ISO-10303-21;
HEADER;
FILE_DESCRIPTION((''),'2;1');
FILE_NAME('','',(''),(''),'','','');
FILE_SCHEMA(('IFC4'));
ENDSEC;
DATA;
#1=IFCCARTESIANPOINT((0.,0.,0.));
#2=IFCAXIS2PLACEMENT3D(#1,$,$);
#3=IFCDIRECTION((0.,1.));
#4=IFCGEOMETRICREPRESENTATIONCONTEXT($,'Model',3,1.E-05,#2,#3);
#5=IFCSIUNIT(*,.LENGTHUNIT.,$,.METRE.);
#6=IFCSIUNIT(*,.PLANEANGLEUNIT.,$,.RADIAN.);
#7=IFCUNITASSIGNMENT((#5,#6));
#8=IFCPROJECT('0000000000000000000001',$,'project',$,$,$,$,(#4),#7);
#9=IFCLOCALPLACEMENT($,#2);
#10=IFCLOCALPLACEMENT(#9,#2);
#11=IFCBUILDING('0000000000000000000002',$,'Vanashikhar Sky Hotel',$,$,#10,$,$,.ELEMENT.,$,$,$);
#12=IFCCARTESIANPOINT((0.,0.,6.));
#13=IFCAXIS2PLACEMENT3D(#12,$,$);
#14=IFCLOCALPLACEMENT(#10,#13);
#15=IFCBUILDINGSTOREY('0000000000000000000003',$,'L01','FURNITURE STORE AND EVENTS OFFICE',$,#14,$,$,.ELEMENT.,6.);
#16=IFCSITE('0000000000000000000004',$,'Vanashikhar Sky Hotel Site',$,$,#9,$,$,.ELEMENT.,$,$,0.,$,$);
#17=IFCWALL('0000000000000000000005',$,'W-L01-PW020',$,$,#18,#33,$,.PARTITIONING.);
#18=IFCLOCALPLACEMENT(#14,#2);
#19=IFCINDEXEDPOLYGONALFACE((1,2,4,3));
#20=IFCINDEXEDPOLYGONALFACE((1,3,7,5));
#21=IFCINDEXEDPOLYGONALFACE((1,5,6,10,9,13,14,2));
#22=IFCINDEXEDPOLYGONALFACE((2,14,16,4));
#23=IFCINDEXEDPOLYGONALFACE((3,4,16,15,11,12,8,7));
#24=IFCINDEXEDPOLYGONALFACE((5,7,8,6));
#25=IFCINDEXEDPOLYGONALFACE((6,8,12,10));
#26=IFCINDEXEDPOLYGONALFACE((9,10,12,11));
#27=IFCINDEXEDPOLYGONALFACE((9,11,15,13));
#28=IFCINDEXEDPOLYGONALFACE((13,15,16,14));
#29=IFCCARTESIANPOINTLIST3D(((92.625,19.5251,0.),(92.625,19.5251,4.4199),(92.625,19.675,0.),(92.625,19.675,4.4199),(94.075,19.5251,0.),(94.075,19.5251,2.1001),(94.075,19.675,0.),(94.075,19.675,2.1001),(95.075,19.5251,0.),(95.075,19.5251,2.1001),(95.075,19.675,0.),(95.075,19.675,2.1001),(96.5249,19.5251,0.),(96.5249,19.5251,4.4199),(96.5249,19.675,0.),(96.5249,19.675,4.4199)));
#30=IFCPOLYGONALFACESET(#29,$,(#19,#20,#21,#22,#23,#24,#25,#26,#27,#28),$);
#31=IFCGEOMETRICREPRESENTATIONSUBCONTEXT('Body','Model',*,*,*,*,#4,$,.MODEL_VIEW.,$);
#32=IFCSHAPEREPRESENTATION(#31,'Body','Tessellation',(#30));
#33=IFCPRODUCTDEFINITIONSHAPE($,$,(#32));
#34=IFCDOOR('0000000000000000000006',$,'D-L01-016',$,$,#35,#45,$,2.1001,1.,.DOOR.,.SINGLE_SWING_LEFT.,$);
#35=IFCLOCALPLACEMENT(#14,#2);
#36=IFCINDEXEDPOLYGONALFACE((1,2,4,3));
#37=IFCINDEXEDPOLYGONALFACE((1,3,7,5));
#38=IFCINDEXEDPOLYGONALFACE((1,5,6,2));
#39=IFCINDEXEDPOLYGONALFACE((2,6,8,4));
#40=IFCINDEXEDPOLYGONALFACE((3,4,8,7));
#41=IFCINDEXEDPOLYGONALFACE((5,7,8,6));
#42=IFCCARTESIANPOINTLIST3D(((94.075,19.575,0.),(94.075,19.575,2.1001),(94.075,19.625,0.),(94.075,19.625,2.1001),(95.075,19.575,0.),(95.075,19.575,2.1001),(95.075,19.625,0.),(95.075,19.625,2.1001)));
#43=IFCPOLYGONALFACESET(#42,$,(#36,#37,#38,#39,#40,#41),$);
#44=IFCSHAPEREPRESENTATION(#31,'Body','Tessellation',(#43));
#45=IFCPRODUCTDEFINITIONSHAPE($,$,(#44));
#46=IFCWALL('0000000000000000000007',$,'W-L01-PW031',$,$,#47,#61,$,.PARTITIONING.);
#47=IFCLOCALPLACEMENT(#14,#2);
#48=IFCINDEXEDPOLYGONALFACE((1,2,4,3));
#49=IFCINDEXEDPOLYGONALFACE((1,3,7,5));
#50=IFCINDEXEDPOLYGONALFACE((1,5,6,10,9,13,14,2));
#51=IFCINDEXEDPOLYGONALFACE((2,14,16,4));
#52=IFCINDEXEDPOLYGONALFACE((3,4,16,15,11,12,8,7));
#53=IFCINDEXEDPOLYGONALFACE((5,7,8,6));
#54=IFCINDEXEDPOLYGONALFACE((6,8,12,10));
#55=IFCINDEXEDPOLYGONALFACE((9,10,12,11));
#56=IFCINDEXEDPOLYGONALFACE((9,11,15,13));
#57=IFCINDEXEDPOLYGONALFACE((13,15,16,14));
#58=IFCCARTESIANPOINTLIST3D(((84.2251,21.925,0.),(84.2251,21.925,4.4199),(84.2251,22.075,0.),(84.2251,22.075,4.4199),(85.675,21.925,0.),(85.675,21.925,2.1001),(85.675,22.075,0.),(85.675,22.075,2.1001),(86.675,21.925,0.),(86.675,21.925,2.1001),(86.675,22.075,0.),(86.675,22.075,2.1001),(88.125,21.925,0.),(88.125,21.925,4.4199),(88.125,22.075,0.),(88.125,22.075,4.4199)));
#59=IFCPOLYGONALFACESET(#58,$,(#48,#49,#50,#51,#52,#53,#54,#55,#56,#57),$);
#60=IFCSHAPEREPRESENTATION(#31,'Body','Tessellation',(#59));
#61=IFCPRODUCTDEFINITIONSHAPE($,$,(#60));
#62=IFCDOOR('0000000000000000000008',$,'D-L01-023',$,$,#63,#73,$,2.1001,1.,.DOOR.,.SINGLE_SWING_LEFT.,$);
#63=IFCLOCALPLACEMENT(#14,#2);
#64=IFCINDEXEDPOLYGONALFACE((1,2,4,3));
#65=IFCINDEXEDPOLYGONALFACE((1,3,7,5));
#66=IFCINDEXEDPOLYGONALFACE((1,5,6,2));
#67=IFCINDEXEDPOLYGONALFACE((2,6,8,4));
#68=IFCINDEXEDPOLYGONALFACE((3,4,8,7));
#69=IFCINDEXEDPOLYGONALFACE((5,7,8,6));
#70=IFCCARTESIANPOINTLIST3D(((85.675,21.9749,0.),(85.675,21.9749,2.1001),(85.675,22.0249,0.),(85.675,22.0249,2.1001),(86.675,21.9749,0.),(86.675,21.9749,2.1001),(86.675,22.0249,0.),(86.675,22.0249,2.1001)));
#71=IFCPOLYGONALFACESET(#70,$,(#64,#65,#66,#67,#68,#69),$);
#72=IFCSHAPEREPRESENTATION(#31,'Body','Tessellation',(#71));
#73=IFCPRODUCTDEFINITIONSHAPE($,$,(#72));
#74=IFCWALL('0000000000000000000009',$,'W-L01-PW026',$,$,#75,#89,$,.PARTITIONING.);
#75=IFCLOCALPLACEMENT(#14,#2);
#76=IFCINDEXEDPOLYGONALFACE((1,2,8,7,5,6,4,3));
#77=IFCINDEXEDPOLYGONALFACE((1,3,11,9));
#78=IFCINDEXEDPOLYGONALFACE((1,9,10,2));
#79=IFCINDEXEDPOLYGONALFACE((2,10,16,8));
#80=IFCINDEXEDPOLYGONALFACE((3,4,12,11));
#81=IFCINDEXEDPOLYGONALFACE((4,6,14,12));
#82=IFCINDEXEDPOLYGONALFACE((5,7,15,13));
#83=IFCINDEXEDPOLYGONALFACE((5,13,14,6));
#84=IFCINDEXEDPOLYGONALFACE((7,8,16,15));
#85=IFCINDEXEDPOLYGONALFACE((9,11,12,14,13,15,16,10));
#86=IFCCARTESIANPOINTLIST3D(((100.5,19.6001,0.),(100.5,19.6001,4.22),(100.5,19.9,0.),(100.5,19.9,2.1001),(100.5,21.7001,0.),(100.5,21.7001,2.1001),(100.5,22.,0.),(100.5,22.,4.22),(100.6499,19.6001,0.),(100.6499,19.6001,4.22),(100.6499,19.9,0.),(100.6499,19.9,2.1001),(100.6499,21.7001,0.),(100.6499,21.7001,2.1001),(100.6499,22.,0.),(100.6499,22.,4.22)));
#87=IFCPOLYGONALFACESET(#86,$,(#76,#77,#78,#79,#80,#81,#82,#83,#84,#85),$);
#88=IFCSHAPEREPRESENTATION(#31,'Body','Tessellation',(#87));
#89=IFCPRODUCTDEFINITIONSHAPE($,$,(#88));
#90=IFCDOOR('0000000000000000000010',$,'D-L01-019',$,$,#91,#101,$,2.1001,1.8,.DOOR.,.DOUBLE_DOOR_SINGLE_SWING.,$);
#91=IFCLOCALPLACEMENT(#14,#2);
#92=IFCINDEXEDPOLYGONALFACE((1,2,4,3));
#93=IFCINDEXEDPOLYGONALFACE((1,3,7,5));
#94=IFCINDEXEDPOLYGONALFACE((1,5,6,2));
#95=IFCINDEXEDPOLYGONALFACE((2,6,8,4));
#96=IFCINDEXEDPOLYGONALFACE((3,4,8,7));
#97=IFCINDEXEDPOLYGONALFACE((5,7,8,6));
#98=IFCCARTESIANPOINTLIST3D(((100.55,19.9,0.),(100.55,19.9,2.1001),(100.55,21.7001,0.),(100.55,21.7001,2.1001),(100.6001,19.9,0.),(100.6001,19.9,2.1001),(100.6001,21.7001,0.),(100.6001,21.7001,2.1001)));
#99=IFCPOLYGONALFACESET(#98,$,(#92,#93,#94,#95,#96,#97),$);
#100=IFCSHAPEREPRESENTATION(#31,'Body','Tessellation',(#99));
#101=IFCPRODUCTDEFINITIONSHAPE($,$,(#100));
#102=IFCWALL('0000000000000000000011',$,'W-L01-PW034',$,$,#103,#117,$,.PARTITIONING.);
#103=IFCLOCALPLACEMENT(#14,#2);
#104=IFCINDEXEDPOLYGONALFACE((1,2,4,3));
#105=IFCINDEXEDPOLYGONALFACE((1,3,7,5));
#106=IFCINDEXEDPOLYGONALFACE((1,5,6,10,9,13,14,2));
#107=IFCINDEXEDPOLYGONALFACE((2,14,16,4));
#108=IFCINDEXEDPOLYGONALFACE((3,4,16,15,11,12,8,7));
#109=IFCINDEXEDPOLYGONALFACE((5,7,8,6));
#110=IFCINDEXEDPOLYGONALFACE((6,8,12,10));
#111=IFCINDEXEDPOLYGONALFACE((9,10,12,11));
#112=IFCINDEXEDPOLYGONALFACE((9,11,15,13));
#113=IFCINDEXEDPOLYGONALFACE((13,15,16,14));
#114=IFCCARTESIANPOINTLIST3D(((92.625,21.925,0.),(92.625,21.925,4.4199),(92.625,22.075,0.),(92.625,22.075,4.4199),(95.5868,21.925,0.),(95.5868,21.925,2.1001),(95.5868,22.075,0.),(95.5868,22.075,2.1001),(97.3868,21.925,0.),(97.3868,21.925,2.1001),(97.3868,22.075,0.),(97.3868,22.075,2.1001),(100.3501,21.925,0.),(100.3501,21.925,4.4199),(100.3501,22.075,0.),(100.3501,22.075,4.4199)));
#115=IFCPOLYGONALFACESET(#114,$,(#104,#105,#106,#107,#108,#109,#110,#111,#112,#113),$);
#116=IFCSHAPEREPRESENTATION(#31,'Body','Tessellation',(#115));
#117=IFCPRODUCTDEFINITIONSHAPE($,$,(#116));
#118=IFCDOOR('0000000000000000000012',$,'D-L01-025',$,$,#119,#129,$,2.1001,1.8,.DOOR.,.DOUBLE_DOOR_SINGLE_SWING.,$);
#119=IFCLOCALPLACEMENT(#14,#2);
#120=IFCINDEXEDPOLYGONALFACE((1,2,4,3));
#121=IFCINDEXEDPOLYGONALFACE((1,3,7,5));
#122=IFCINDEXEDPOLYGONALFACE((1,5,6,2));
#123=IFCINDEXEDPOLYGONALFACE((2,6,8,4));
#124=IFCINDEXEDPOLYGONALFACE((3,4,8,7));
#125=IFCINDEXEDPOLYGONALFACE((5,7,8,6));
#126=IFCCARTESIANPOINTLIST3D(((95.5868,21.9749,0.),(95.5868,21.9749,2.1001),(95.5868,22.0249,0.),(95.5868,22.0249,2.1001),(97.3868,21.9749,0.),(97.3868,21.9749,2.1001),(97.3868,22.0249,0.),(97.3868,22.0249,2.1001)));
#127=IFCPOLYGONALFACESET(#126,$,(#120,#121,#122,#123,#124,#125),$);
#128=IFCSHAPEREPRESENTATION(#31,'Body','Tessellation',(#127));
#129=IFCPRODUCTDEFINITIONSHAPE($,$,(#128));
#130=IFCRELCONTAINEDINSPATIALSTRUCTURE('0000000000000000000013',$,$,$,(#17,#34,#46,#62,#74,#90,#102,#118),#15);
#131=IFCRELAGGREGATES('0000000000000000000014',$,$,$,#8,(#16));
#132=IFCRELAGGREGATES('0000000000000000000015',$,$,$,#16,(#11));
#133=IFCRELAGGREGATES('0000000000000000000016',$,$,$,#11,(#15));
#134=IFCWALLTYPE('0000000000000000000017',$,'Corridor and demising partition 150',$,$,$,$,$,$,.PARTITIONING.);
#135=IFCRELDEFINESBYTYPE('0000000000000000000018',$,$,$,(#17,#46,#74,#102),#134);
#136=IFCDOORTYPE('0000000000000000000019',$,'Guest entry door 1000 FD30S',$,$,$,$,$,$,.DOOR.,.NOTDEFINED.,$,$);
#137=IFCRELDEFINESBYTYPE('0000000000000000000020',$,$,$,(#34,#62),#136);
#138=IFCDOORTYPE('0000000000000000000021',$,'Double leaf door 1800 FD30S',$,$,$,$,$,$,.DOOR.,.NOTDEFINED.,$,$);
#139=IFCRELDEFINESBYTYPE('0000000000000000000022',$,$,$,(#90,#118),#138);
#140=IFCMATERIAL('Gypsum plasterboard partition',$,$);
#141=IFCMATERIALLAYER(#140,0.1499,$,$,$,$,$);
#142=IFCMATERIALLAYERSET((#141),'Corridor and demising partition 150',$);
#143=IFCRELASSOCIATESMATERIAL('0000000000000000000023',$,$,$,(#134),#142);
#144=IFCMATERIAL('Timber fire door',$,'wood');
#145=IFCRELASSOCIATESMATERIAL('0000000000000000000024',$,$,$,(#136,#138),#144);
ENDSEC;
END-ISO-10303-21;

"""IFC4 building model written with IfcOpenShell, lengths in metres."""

from ifc_helpers import new_model, si_unit, direction, frame, frame_2d, origin, place, context, subcontext, project, spatial, rectangle, extrude, source, transform, mapped, material, layer, layer_set, type_object, element, fill, save


model = new_model("IFC4")

# Units and contexts
model_context = context("Model", 3, precision=1e-05, world=origin(), true_north=direction((0.0, 1.0)))
body_context = subcontext(model_context, "Body", "Model", "MODEL_VIEW")
ifc_project = project(units=[si_unit("LENGTHUNIT", "METRE"), si_unit("PLANEANGLEUNIT", "RADIAN")], contexts=[model_context])

# Site, building, storey
site_placement = place(None, origin())
site = spatial("IfcSite", under=ifc_project, at=site_placement, Name="Vanashikhar Sky Hotel Site", CompositionType="ELEMENT", RefElevation=0.0)
building_placement = place(site_placement, origin())
building = spatial("IfcBuilding", under=site, at=building_placement, Name="Vanashikhar Sky Hotel", CompositionType="ELEMENT")
storey_placement = place(building_placement, frame((0.0, 0.0, 6.0)))
storey = spatial("IfcBuildingStorey", under=building, at=storey_placement, Name="L01", Description="FURNITURE STORE AND EVENTS OFFICE", CompositionType="ELEMENT", Elevation=6.0)

# Walls, openings, doors
ifc_material_1 = material(Name="Gypsum plasterboard partition")
ifc_layer_1 = layer(ifc_material_1, 0.1499)
ifc_layer_set_1 = layer_set([ifc_layer_1], Name="Corridor and demising partition 150")
wall_type_1 = type_object("IfcWallType", Name="Corridor and demising partition 150", PredefinedType="PARTITIONING", material=ifc_layer_set_1)
shared_shape_1 = source(origin(), body_context, "Body", "SweptSolid", [
    extrude(rectangle(XDim=1.0, YDim=2.1001, at=frame_2d((0.5, 1.05))), frame((0.0, 0.085, 0.0), z_axis=(0.0, -1.0, 0.0), x_axis=(1.0, 0.0, 0.0)), (0.0, 0.0, 1.0), 0.1699),
])
ifc_material_2 = material(Name="Timber fire door", Category="wood")
door_type_1 = type_object("IfcDoorType", Name="Guest entry door 1000 FD30S", OperationType="NOTDEFINED", PredefinedType="DOOR", material=ifc_material_2)
shared_shape_2 = source(origin(), body_context, "Body", "SweptSolid", [
    extrude(rectangle(XDim=1.0, YDim=2.1001, at=frame_2d((0.5, 1.05))), frame((0.0, 0.0249, 0.0), z_axis=(0.0, -1.0, 0.0), x_axis=(1.0, 0.0, 0.0)), (0.0, 0.0, 1.0), 0.05),
])
shared_shape_3 = source(origin(), body_context, "Body", "SweptSolid", [
    extrude(rectangle(XDim=1.8, YDim=2.1001, at=frame_2d((0.8999, 1.05))), frame((0.0, 0.085, 0.0), z_axis=(0.0, -1.0, 0.0), x_axis=(1.0, 0.0, 0.0)), (0.0, 0.0, 1.0), 0.1699),
])
door_type_2 = type_object("IfcDoorType", Name="Double leaf door 1800 FD30S", OperationType="NOTDEFINED", PredefinedType="DOOR", material=ifc_material_2)
shared_shape_4 = source(origin(), body_context, "Body", "SweptSolid", [
    extrude(rectangle(XDim=1.8, YDim=2.1001, at=frame_2d((0.8999, 1.05))), frame((0.0, 0.0249, 0.0), z_axis=(0.0, -1.0, 0.0), x_axis=(1.0, 0.0, 0.0)), (0.0, 0.0, 1.0), 0.05),
])
shared_shape_5 = source(origin(), body_context, "Body", "SweptSolid", [
    extrude(rectangle(XDim=3.8999, YDim=0.1499, at=frame_2d((1.95, 0.0))), origin(), (0.0, 0.0, 1.0), 4.4199),
])
wall_1_placement = place(storey_placement, frame((92.625, 19.6001, 0.0), z_axis=(0.0, 0.0, 1.0), x_axis=(1.0, 0.0, 0.0)))
wall_1 = element("IfcWall", 1, at=wall_1_placement, inside=storey, type_object=wall_type_1, Name="W-L01-PW020", PredefinedType="PARTITIONING", context=body_context, shape_type="MappedRepresentation", body=[
    mapped(shared_shape_5, transform((0.0, 0.0, 0.0), scale=1.0)),
])
opening_1_placement = place(wall_1_placement, frame((1.45, 0.0, 0.0)))
opening_1 = element("IfcOpeningElement", 2, at=opening_1_placement, cuts=wall_1, PredefinedType="OPENING", context=body_context, shape_type="MappedRepresentation", body=[
    mapped(shared_shape_1, transform((0.0, 0.0, 0.0), scale=1.0)),
])
door_1_placement = place(opening_1_placement, origin())
door_1 = element("IfcDoor", 3, at=door_1_placement, inside=storey, type_object=door_type_1, Name="D-L01-016", OperationType="SINGLE_SWING_LEFT", OverallHeight=2.1001, OverallWidth=1.0, PredefinedType="DOOR", context=body_context, shape_type="MappedRepresentation", body=[
    mapped(shared_shape_2, transform((0.0, 0.0, 0.0), scale=1.0)),
])
fill(opening_1, door_1)
wall_2_placement = place(storey_placement, frame((84.2251, 22.0, 0.0), z_axis=(0.0, 0.0, 1.0), x_axis=(1.0, 0.0, 0.0)))
wall_2 = element("IfcWall", 4, at=wall_2_placement, inside=storey, type_object=wall_type_1, Name="W-L01-PW031", PredefinedType="PARTITIONING", context=body_context, shape_type="MappedRepresentation", body=[
    mapped(shared_shape_5, transform((0.0, 0.0, 0.0), scale=1.0)),
])
opening_2_placement = place(wall_2_placement, frame((1.45, 0.0, 0.0)))
opening_2 = element("IfcOpeningElement", 5, at=opening_2_placement, cuts=wall_2, PredefinedType="OPENING", context=body_context, shape_type="MappedRepresentation", body=[
    mapped(shared_shape_1, transform((0.0, 0.0, 0.0), scale=1.0)),
])
door_2_placement = place(opening_2_placement, origin())
door_2 = element("IfcDoor", 6, at=door_2_placement, inside=storey, type_object=door_type_1, Name="D-L01-023", OperationType="SINGLE_SWING_LEFT", OverallHeight=2.1001, OverallWidth=1.0, PredefinedType="DOOR", context=body_context, shape_type="MappedRepresentation", body=[
    mapped(shared_shape_2, transform((0.0, 0.0, 0.0), scale=1.0)),
])
fill(opening_2, door_2)
shared_shape_6 = source(origin(), body_context, "Body", "SweptSolid", [
    extrude(rectangle(XDim=2.3999, YDim=0.1499, at=frame_2d((1.2, 0.0))), origin(), (0.0, 0.0, 1.0), 4.22),
])
wall_3_placement = place(storey_placement, frame((100.575, 19.6001, 0.0), z_axis=(0.0, 0.0, 1.0), x_axis=(0.0, 1.0, 0.0)))
wall_3 = element("IfcWall", 7, at=wall_3_placement, inside=storey, type_object=wall_type_1, Name="W-L01-PW026", PredefinedType="PARTITIONING", context=body_context, shape_type="MappedRepresentation", body=[
    mapped(shared_shape_6, transform((0.0, 0.0, 0.0), scale=1.0)),
])
opening_3_placement = place(wall_3_placement, frame((0.3, 0.0, 0.0)))
opening_3 = element("IfcOpeningElement", 8, at=opening_3_placement, cuts=wall_3, PredefinedType="OPENING", context=body_context, shape_type="MappedRepresentation", body=[
    mapped(shared_shape_3, transform((0.0, 0.0, 0.0), scale=1.0)),
])
door_3_placement = place(opening_3_placement, origin())
door_3 = element("IfcDoor", 9, at=door_3_placement, inside=storey, type_object=door_type_2, Name="D-L01-019", OperationType="DOUBLE_DOOR_SINGLE_SWING", OverallHeight=2.1001, OverallWidth=1.8, PredefinedType="DOOR", context=body_context, shape_type="MappedRepresentation", body=[
    mapped(shared_shape_4, transform((0.0, 0.0, 0.0), scale=1.0)),
])
fill(opening_3, door_3)
shared_shape_7 = source(origin(), body_context, "Body", "SweptSolid", [
    extrude(rectangle(XDim=7.7251, YDim=0.1499, at=frame_2d((3.8625, 0.0))), origin(), (0.0, 0.0, 1.0), 4.4199),
])
wall_4_placement = place(storey_placement, frame((92.625, 22.0, 0.0), z_axis=(0.0, 0.0, 1.0), x_axis=(1.0, 0.0, 0.0)))
wall_4 = element("IfcWall", 10, at=wall_4_placement, inside=storey, type_object=wall_type_1, Name="W-L01-PW034", PredefinedType="PARTITIONING", context=body_context, shape_type="MappedRepresentation", body=[
    mapped(shared_shape_7, transform((0.0, 0.0, 0.0), scale=1.0)),
])
opening_4_placement = place(wall_4_placement, frame((2.9619, 0.0, 0.0)))
opening_4 = element("IfcOpeningElement", 11, at=opening_4_placement, cuts=wall_4, PredefinedType="OPENING", context=body_context, shape_type="MappedRepresentation", body=[
    mapped(shared_shape_3, transform((0.0, 0.0, 0.0), scale=1.0)),
])
door_4_placement = place(opening_4_placement, origin())
door_4 = element("IfcDoor", 12, at=door_4_placement, inside=storey, type_object=door_type_2, Name="D-L01-025", OperationType="DOUBLE_DOOR_SINGLE_SWING", OverallHeight=2.1001, OverallWidth=1.8, PredefinedType="DOOR", context=body_context, shape_type="MappedRepresentation", body=[
    mapped(shared_shape_4, transform((0.0, 0.0, 0.0), scale=1.0)),
])
fill(opening_4, door_4)

save(model, "model.ifc")
